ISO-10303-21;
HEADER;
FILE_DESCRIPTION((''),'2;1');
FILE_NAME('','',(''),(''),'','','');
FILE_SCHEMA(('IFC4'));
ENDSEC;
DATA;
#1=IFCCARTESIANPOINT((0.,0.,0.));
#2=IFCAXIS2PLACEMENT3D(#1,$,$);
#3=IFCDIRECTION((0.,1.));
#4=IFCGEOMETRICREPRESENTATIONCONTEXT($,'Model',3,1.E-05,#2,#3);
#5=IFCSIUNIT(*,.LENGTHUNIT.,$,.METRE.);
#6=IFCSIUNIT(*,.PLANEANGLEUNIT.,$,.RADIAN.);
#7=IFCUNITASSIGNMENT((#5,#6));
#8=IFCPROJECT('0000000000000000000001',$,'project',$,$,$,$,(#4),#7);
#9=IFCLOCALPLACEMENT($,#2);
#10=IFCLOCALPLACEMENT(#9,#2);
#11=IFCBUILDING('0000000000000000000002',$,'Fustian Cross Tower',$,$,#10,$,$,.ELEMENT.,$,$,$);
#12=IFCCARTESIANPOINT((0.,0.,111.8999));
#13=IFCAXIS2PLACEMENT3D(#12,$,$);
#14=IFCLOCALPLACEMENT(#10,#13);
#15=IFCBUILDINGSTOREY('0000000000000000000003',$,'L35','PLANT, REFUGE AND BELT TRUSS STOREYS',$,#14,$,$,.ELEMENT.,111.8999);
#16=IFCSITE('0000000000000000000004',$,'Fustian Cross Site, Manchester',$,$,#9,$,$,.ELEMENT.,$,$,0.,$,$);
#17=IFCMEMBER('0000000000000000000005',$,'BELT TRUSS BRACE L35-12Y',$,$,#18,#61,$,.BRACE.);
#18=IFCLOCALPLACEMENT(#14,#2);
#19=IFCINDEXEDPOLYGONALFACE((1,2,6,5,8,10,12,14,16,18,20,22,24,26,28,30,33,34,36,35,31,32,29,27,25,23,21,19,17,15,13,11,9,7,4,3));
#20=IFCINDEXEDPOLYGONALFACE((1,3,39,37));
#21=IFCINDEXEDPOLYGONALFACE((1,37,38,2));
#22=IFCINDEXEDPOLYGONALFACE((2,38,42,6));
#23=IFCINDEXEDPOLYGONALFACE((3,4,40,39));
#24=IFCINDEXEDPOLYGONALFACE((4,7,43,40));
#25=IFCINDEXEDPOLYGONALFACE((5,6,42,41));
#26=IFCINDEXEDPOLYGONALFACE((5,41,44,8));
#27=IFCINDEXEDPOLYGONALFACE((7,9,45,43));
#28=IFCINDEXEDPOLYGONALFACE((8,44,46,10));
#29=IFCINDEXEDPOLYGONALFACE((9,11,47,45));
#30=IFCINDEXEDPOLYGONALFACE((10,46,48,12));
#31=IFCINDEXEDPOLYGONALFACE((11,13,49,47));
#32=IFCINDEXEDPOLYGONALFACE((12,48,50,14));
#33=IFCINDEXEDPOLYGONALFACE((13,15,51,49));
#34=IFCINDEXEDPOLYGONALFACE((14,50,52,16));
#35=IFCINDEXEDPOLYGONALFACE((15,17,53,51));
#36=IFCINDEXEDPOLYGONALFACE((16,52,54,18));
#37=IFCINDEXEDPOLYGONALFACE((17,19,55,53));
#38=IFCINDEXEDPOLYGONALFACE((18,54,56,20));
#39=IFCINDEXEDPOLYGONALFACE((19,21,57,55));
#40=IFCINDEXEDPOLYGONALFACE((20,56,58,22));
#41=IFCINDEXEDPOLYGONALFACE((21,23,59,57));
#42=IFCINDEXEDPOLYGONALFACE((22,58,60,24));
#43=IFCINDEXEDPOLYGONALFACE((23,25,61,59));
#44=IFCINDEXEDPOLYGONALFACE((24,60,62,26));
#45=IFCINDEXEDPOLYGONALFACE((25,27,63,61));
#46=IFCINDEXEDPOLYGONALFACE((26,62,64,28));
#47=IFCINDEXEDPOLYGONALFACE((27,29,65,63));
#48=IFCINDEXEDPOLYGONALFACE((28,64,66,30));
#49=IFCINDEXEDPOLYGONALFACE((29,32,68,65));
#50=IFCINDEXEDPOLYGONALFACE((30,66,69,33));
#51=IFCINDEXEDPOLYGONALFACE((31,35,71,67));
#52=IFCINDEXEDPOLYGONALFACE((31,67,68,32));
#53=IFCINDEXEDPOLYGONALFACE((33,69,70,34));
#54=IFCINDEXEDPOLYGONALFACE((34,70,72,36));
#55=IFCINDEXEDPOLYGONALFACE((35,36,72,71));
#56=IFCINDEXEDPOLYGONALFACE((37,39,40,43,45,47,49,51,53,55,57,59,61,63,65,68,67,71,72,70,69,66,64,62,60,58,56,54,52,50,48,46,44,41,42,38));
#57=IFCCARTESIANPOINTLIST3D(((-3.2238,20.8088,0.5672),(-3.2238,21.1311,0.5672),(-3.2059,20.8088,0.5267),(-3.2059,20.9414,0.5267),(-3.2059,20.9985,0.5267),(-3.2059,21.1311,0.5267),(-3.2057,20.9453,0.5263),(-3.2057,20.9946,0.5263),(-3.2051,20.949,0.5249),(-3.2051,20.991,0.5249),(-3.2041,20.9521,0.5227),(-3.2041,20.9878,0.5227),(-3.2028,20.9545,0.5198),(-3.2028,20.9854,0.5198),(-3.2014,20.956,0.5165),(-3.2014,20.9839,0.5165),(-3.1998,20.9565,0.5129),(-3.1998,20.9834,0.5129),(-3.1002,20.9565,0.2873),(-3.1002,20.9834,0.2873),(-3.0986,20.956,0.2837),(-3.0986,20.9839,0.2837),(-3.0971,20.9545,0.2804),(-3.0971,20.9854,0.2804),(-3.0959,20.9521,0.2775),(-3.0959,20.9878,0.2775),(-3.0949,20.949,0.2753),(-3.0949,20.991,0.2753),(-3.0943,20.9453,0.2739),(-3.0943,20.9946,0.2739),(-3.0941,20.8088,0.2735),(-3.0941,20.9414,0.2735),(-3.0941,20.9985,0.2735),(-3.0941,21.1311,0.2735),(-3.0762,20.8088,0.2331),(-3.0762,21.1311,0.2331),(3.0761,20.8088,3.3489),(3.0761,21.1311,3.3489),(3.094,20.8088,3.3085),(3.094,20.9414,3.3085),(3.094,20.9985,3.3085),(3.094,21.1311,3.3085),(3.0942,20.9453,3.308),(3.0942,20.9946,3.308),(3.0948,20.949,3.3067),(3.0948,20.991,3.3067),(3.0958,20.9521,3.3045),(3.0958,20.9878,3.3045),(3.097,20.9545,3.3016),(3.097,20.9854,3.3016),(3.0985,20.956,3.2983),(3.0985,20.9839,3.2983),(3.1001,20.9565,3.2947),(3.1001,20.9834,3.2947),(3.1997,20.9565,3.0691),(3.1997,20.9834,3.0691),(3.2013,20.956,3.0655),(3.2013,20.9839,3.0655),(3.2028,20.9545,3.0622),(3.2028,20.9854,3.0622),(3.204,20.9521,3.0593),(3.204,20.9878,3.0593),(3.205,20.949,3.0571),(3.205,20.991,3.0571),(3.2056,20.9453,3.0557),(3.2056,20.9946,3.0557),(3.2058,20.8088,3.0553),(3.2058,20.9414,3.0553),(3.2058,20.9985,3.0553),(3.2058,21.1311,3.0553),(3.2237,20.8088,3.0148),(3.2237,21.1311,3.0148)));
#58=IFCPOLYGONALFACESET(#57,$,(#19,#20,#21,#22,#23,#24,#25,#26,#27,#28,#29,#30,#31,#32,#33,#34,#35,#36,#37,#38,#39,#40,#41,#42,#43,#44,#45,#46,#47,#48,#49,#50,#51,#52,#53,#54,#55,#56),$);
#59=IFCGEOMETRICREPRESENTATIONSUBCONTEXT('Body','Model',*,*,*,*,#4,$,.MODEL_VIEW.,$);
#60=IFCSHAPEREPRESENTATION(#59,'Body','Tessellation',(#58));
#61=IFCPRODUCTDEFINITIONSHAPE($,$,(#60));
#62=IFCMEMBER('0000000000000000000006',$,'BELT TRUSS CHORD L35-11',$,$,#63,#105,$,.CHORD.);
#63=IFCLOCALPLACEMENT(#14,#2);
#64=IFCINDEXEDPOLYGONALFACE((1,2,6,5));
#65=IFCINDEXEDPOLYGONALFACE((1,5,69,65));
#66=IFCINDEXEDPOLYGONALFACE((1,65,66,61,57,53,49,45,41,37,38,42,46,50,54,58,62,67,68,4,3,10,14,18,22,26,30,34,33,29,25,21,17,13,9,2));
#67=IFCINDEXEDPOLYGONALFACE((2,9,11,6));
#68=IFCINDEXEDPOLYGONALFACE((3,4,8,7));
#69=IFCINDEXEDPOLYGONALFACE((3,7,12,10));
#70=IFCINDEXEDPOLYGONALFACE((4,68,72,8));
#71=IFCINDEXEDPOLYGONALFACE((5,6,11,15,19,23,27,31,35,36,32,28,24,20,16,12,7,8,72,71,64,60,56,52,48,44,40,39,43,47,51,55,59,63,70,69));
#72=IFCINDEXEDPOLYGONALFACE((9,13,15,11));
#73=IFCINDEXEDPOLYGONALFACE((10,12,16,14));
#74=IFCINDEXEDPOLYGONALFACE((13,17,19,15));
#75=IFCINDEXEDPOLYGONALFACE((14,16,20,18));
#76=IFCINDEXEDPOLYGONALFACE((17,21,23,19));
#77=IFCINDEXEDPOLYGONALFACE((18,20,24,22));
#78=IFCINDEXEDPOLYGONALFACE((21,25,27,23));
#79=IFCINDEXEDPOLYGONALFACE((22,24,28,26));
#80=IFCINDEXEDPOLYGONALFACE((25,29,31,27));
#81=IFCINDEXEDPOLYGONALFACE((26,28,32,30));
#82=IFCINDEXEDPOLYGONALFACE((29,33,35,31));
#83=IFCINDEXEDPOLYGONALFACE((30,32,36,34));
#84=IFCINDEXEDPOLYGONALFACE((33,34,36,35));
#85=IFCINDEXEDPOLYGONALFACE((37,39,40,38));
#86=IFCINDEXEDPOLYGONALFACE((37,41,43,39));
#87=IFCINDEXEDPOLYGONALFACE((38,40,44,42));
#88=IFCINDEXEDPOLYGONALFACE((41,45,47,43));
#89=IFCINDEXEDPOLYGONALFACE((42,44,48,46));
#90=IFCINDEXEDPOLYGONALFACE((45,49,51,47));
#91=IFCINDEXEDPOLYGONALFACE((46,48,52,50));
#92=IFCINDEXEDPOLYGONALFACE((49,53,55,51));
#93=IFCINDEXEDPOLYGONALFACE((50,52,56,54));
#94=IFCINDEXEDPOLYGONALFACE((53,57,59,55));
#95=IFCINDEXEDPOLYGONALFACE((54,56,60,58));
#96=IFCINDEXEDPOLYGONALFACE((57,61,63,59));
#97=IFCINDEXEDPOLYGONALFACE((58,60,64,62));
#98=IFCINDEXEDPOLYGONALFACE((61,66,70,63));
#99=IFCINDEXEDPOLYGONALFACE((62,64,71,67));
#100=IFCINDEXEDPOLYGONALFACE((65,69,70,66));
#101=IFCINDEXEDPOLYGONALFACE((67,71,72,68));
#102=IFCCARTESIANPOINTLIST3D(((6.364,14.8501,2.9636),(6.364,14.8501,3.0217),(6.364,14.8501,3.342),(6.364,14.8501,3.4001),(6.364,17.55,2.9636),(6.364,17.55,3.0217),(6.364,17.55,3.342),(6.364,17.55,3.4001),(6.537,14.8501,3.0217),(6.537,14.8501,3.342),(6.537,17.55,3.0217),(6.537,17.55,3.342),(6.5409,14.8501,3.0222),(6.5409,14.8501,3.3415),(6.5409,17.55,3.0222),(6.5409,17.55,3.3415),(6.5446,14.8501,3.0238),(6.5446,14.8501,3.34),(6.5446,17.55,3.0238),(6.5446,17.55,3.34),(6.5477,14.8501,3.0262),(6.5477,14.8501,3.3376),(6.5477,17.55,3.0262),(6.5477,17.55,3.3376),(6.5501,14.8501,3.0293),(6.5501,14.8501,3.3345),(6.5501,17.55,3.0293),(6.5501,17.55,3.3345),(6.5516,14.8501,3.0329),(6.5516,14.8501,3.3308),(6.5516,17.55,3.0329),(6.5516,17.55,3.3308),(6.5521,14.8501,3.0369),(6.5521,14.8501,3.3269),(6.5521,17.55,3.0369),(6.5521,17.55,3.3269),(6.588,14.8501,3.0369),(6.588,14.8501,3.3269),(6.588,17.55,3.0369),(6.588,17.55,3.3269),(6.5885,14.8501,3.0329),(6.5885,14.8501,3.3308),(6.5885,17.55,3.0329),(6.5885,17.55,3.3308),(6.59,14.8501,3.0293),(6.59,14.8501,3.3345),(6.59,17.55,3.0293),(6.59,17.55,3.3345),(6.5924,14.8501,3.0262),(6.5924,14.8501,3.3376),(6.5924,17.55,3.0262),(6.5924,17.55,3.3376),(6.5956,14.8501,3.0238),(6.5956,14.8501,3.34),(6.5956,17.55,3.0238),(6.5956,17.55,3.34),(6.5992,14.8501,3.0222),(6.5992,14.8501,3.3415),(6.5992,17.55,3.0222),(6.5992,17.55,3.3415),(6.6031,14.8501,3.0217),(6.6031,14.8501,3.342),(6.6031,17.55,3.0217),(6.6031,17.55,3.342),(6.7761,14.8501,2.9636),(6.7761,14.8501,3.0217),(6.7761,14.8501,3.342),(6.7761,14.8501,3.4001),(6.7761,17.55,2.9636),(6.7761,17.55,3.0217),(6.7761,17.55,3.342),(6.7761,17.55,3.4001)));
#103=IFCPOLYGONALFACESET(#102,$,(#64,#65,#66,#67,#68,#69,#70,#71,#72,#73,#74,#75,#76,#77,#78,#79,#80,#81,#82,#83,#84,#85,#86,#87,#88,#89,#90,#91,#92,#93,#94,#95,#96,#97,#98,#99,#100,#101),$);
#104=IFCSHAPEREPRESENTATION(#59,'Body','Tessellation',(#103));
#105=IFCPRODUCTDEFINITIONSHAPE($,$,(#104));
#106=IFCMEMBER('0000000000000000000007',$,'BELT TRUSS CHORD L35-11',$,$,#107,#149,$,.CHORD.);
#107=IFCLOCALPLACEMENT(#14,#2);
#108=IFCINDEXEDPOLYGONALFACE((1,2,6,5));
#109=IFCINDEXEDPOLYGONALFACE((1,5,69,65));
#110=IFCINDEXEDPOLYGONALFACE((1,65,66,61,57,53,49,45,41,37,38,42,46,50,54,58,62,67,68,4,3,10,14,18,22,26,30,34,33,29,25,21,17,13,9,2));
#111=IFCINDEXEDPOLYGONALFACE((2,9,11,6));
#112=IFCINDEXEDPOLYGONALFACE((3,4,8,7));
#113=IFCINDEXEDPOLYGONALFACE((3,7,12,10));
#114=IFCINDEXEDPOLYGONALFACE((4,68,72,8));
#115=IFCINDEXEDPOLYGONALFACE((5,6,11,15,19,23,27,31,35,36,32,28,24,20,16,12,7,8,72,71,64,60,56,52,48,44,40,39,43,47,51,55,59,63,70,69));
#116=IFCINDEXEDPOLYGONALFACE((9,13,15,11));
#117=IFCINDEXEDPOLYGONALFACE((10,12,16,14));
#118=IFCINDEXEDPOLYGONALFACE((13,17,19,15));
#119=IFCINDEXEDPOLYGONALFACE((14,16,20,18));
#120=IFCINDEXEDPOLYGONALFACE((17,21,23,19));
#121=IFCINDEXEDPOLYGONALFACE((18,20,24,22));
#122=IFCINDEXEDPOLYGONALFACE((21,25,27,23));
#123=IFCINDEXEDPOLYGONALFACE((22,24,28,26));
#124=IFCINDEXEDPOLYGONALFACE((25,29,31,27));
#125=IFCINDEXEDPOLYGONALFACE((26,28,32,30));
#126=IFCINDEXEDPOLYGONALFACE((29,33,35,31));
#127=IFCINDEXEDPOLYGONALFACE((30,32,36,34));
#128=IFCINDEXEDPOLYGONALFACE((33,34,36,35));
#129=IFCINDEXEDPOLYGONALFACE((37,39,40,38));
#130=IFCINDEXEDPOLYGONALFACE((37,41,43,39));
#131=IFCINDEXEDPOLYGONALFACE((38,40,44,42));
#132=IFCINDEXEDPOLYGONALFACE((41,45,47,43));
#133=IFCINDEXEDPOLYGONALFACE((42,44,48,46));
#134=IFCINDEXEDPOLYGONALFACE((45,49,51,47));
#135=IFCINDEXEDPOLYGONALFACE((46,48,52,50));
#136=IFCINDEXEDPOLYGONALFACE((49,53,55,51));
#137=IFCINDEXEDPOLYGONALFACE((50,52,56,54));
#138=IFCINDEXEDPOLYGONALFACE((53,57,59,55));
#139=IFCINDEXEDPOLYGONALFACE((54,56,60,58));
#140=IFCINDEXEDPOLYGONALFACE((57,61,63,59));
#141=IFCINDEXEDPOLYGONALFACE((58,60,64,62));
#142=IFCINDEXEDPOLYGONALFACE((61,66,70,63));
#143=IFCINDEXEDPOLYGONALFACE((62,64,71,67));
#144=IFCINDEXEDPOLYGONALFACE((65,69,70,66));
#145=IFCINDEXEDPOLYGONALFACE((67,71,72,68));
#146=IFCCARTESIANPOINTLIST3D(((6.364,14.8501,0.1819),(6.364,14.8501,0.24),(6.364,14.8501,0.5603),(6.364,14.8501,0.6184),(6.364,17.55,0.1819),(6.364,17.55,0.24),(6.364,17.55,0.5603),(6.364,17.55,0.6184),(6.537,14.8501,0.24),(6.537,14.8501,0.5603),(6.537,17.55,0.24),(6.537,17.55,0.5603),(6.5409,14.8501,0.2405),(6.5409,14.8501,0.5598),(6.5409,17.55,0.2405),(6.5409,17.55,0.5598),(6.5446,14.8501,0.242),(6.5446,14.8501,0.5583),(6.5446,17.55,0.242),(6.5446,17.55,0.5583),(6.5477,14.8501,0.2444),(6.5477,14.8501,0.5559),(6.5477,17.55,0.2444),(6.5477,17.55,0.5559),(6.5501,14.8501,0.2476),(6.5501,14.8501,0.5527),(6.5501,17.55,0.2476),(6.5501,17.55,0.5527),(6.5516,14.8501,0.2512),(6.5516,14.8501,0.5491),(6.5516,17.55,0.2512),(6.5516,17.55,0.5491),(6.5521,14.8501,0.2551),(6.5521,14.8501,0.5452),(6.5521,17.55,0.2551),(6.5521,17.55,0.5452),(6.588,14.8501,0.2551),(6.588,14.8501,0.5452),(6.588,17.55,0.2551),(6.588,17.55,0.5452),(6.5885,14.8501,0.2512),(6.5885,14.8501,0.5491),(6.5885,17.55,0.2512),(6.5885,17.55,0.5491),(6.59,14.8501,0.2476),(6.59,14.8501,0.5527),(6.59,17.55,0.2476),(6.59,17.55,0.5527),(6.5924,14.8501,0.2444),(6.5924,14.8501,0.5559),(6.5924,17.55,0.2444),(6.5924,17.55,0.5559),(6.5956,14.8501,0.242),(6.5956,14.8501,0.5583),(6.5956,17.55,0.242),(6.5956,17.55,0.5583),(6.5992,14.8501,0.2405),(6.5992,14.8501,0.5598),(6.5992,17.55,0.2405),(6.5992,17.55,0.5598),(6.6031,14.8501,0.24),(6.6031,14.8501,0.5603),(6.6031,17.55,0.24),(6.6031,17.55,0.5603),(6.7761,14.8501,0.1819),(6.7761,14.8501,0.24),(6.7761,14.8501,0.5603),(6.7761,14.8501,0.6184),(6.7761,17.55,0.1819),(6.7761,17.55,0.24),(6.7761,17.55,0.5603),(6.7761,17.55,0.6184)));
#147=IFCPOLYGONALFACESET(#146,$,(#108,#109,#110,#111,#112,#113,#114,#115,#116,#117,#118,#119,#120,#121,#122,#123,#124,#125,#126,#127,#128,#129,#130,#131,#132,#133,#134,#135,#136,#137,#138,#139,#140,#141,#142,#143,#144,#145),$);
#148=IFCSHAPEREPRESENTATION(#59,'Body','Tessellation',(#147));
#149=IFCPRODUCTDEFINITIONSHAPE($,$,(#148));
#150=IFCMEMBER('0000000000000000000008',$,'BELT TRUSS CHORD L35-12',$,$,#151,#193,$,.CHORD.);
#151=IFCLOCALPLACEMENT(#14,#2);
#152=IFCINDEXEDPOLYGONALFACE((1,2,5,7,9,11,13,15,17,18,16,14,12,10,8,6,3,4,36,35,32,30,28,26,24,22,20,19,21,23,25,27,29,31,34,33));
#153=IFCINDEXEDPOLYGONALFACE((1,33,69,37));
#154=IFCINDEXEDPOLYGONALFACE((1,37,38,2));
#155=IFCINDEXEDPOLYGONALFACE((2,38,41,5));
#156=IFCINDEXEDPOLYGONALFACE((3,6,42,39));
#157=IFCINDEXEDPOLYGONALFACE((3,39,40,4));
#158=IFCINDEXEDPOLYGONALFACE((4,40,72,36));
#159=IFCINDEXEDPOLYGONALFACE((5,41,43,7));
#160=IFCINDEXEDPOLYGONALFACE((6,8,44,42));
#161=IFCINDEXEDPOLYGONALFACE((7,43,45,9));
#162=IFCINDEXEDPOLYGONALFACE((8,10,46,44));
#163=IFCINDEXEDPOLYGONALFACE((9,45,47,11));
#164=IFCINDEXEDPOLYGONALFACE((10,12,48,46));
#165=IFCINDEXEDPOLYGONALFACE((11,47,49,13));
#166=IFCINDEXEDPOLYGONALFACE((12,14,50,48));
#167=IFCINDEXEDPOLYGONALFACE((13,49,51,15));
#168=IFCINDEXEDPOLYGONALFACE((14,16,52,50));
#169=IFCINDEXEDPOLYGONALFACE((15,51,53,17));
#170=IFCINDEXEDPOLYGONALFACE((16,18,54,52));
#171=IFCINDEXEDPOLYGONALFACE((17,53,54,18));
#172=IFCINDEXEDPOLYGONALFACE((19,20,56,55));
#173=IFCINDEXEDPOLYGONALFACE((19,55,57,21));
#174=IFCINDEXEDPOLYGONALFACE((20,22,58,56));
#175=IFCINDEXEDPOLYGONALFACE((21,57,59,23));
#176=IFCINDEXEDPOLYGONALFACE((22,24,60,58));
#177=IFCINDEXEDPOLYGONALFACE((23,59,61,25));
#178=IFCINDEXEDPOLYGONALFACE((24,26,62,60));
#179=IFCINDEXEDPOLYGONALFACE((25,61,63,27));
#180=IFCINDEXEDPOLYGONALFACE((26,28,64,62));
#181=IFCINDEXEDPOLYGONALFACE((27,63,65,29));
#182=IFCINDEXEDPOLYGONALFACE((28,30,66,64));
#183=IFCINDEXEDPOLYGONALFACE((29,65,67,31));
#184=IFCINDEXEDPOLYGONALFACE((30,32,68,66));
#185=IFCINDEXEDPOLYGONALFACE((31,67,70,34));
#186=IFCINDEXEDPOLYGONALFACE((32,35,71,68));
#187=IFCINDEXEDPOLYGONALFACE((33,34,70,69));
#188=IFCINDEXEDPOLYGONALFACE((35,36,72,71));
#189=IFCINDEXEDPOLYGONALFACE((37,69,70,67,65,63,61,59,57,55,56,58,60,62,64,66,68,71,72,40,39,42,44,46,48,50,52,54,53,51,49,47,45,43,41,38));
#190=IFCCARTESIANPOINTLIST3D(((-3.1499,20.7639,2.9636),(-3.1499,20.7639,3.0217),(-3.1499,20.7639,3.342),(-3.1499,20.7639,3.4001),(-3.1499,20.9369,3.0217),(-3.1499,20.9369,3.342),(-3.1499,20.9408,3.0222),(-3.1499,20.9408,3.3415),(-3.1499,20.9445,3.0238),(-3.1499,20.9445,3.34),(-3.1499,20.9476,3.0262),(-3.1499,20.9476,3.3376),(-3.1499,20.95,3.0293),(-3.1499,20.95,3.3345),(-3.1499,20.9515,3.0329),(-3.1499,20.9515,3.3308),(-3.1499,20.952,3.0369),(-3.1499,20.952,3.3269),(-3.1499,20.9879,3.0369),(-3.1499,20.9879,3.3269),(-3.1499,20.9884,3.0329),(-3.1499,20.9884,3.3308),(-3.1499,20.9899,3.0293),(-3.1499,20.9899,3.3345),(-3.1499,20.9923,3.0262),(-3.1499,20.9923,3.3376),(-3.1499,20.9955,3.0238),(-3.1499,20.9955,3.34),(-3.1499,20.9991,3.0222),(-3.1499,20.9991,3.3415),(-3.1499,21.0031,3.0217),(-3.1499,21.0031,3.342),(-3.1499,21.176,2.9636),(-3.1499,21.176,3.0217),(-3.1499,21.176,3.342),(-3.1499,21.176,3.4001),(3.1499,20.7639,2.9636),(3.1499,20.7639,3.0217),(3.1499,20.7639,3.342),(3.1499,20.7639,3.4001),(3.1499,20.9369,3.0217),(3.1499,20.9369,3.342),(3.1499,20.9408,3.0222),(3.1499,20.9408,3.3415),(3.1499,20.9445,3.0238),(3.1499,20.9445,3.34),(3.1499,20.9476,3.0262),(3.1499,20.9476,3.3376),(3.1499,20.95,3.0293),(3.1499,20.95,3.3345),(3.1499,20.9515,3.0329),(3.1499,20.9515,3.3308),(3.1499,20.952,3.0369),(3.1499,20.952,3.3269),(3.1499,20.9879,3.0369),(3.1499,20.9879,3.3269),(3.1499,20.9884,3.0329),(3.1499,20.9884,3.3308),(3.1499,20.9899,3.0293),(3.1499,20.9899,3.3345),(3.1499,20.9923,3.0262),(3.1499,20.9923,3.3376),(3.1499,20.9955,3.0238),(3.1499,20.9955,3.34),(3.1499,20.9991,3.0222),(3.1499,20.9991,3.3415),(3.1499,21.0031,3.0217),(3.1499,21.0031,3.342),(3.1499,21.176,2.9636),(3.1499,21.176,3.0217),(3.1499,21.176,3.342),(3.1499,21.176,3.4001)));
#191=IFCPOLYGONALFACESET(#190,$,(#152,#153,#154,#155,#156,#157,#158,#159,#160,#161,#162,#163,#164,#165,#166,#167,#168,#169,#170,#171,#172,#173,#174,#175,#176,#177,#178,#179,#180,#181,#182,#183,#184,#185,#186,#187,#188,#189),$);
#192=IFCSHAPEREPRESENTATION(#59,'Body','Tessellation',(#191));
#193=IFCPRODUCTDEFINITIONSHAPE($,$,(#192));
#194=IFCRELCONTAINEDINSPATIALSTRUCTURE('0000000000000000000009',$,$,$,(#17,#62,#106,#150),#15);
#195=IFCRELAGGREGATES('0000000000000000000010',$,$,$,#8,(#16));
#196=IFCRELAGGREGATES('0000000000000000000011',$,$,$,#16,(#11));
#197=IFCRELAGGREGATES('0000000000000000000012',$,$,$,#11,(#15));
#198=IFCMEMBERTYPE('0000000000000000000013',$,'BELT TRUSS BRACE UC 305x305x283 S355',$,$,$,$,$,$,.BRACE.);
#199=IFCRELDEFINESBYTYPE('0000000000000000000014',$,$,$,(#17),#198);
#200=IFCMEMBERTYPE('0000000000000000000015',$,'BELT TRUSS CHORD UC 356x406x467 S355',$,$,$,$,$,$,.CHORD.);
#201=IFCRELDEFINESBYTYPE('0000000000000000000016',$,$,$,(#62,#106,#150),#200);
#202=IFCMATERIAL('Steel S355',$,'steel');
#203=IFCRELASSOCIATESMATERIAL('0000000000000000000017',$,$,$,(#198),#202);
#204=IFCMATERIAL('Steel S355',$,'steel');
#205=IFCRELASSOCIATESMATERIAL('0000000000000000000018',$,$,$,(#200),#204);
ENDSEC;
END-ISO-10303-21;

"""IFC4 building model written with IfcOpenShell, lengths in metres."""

from ifc_helpers import new_model, si_unit, direction, frame, origin, origin_2d, place, context, subcontext, project, spatial, i_section, extrude, material, material_profile, profile_set, type_object, element, save


model = new_model("IFC4")

# Units and contexts
model_context = context("Model", 3, precision=1e-05, world=origin(), true_north=direction((0.0, 1.0)))
body_context = subcontext(model_context, "Body", "Model", "MODEL_VIEW")
ifc_project = project(units=[si_unit("LENGTHUNIT", "METRE"), si_unit("PLANEANGLEUNIT", "RADIAN")], contexts=[model_context])

# Site, building, storey
site_placement = place(None, origin())
site = spatial("IfcSite", under=ifc_project, at=site_placement, Name="Fustian Cross Site, Manchester", CompositionType="ELEMENT", RefElevation=0.0)
building_placement = place(site_placement, origin())
building = spatial("IfcBuilding", under=site, at=building_placement, Name="Fustian Cross Tower", CompositionType="ELEMENT")
storey_placement = place(building_placement, frame((0.0, 0.0, 111.8999)))
storey = spatial("IfcBuildingStorey", under=building, at=storey_placement, Name="L35", Description="PLANT, REFUGE AND BELT TRUSS STOREYS", CompositionType="ELEMENT", Elevation=111.8999)

# Members
ifc_material_1 = material(Name="Steel S355", Category="steel")
ifc_material_profile_1 = material_profile(ifc_material_1, i_section(OverallWidth=0.3223, OverallDepth=0.3652, WebThickness=0.0269, FlangeThickness=0.0442, FilletRadius=0.0151, at=origin_2d()), Name="UC 305x305x283")
ifc_profile_set_1 = profile_set([ifc_material_profile_1], Name="Steel S355")
member_type_1 = type_object("IfcMemberType", Name="BELT TRUSS BRACE UC 305x305x283 S355", PredefinedType="BRACE", material=ifc_profile_set_1)
for number, where, z_axis, x_axis, name in (
    (1, (3.1499, 20.97, 3.1819), (-0.914788, 0.0, -0.403933), (0.0, -1.0, 0.0), "BELT TRUSS BRACE L35-12Y"),
):
    element("IfcMember", number, at=place(storey_placement, frame(where, z_axis=z_axis, x_axis=x_axis)), inside=storey, type_object=member_type_1, Name=name, PredefinedType="BRACE", context=body_context, shape_type="SweptSolid", body=[
        extrude(i_section(OverallWidth=0.3223, OverallDepth=0.3652, WebThickness=0.0269, FlangeThickness=0.0442, FilletRadius=0.0151, at=origin_2d()), origin(), (0.0, 0.0, 1.0), 6.8867),
    ])
ifc_material_2 = material(Name="Steel S355", Category="steel")
ifc_material_profile_2 = material_profile(ifc_material_2, i_section(OverallWidth=0.4121, OverallDepth=0.4365, WebThickness=0.0359, FlangeThickness=0.0581, FilletRadius=0.0151, at=origin_2d()), Name="UC 356x406x467")
ifc_profile_set_2 = profile_set([ifc_material_profile_2], Name="Steel S355")
member_type_2 = type_object("IfcMemberType", Name="BELT TRUSS CHORD UC 356x406x467 S355", PredefinedType="CHORD", material=ifc_profile_set_2)
for number, where, z_axis, x_axis, name in (
    (2, (6.5701, 14.8501, 3.1819), (0.0, 1.0, 0.0), (-1.0, 0.0, 0.0), "BELT TRUSS CHORD L35-11"),
    (3, (6.5701, 14.8501, 0.4001), (0.0, 1.0, 0.0), (-1.0, 0.0, 0.0), "BELT TRUSS CHORD L35-11"),
):
    element("IfcMember", number, at=place(storey_placement, frame(where, z_axis=z_axis, x_axis=x_axis)), inside=storey, type_object=member_type_2, Name=name, PredefinedType="CHORD", context=body_context, shape_type="SweptSolid", body=[
        extrude(i_section(OverallWidth=0.4121, OverallDepth=0.4365, WebThickness=0.0359, FlangeThickness=0.0581, FilletRadius=0.0151, at=origin_2d()), origin(), (0.0, 0.0, 1.0), 2.7),
    ])
for number, where, z_axis, x_axis, name in (
    (4, (3.1499, 20.97, 3.1819), (-1.0, 0.0, 0.0), (0.0, -1.0, 0.0), "BELT TRUSS CHORD L35-12"),
):
    element("IfcMember", number, at=place(storey_placement, frame(where, z_axis=z_axis, x_axis=x_axis)), inside=storey, type_object=member_type_2, Name=name, PredefinedType="CHORD", context=body_context, shape_type="SweptSolid", body=[
        extrude(i_section(OverallWidth=0.4121, OverallDepth=0.4365, WebThickness=0.0359, FlangeThickness=0.0581, FilletRadius=0.0151, at=origin_2d()), origin(), (0.0, 0.0, 1.0), 6.2998),
    ])

save(model, "model.ifc")
